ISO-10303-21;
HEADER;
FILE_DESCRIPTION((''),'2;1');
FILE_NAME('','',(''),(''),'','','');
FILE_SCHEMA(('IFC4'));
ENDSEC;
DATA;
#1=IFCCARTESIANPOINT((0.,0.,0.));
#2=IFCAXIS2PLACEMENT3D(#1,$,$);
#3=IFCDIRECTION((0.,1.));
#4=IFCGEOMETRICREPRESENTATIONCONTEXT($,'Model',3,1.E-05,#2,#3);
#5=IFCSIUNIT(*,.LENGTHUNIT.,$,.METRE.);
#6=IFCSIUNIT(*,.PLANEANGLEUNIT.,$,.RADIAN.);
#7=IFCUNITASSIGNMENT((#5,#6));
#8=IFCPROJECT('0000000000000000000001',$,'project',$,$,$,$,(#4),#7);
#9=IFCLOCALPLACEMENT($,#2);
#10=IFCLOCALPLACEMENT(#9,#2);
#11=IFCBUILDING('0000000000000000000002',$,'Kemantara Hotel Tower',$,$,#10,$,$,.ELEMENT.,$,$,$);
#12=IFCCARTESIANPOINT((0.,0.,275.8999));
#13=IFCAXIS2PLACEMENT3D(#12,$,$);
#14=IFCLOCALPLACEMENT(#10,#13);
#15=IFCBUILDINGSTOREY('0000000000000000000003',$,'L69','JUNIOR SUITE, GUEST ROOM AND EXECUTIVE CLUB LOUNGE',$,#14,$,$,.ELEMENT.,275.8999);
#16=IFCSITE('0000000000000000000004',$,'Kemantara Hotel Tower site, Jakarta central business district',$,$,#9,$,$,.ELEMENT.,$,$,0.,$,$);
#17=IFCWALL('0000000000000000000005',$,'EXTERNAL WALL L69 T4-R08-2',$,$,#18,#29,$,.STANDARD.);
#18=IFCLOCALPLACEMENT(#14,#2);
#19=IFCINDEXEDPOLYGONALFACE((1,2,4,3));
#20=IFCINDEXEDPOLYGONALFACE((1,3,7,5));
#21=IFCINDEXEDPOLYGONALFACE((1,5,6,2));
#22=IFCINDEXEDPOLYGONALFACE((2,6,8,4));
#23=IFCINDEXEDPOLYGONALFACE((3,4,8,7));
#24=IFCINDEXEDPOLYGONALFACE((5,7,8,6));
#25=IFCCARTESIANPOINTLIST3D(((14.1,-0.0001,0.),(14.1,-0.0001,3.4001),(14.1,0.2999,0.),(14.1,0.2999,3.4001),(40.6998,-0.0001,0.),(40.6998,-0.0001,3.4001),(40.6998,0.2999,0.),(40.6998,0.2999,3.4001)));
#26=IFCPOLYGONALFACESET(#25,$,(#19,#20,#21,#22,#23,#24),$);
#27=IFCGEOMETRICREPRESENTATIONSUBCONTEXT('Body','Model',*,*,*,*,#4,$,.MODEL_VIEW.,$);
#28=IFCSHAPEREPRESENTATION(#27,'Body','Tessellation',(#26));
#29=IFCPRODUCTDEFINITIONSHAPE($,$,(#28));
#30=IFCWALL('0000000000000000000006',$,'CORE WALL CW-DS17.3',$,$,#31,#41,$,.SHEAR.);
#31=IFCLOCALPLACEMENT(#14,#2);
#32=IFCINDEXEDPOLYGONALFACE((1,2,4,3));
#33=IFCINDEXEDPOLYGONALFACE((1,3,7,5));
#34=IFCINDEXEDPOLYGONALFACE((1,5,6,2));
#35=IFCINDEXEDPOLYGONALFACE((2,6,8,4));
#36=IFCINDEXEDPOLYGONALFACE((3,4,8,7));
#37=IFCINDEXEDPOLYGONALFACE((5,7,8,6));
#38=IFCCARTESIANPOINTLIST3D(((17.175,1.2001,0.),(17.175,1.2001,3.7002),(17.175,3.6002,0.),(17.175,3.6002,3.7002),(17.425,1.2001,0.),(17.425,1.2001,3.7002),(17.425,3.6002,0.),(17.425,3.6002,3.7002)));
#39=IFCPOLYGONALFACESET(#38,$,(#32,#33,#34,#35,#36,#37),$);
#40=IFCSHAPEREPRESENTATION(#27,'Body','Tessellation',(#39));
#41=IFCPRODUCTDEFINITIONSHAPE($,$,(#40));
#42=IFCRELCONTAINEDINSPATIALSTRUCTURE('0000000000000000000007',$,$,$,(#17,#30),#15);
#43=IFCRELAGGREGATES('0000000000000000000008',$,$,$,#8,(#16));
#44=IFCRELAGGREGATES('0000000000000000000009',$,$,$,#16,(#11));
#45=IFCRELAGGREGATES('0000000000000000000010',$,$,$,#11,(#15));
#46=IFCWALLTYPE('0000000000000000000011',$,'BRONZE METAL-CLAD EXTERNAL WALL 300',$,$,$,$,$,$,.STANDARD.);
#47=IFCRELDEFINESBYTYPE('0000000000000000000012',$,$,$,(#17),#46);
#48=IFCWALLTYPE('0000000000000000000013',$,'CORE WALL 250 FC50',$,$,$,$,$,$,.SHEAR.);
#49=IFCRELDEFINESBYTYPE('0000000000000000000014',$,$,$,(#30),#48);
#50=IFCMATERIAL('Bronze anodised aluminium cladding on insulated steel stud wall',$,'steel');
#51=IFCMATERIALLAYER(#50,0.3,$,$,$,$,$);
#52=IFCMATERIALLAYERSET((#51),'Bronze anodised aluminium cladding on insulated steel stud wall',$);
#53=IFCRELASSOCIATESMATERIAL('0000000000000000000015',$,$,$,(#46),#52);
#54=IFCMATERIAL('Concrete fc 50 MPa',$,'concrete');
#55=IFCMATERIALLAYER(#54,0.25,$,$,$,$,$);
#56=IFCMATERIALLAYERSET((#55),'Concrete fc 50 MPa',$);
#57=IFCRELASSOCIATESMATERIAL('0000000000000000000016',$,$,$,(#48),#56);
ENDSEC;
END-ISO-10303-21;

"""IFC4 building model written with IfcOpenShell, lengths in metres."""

from ifc_helpers import new_model, si_unit, direction, frame, frame_2d, origin, place, context, subcontext, project, spatial, rectangle, extrude, material, layer, layer_set, type_object, element, save


model = new_model("IFC4")

# Units and contexts
model_context = context("Model", 3, precision=1e-05, world=origin(), true_north=direction((0.0, 1.0)))
body_context = subcontext(model_context, "Body", "Model", "MODEL_VIEW")
ifc_project = project(units=[si_unit("LENGTHUNIT", "METRE"), si_unit("PLANEANGLEUNIT", "RADIAN")], contexts=[model_context])

# Site, building, storey
site_placement = place(None, origin())
site = spatial("IfcSite", under=ifc_project, at=site_placement, Name="Kemantara Hotel Tower site, Jakarta central business district", CompositionType="ELEMENT", RefElevation=0.0)
building_placement = place(site_placement, origin())
building = spatial("IfcBuilding", under=site, at=building_placement, Name="Kemantara Hotel Tower", CompositionType="ELEMENT")
storey_placement = place(building_placement, frame((0.0, 0.0, 275.8999)))
storey = spatial("IfcBuildingStorey", under=building, at=storey_placement, Name="L69", Description="JUNIOR SUITE, GUEST ROOM AND EXECUTIVE CLUB LOUNGE", CompositionType="ELEMENT", Elevation=275.8999)

# Walls
ifc_material_1 = material(Name="Bronze anodised aluminium cladding on insulated steel stud wall", Category="steel")
ifc_layer_1 = layer(ifc_material_1, 0.3)
ifc_layer_set_1 = layer_set([ifc_layer_1], Name="Bronze anodised aluminium cladding on insulated steel stud wall")
wall_type_1 = type_object("IfcWallType", Name="BRONZE METAL-CLAD EXTERNAL WALL 300", PredefinedType="STANDARD", material=ifc_layer_set_1)
wall_1_placement = place(storey_placement, frame((14.1001, 0.1499, 0.0), z_axis=(0.0, 0.0, 1.0), x_axis=(1.0, 0.0, 0.0)))
element("IfcWall", 1, at=wall_1_placement, inside=storey, type_object=wall_type_1, Name="EXTERNAL WALL L69 T4-R08-2", PredefinedType="STANDARD", context=body_context, shape_type="SweptSolid", body=[
    extrude(rectangle(XDim=26.5999, YDim=0.3, at=frame_2d((13.2998, 0.0))), origin(), (0.0, 0.0, 1.0), 3.4001),
])
ifc_material_2 = material(Name="Concrete fc 50 MPa", Category="concrete")
ifc_layer_2 = layer(ifc_material_2, 0.25)
ifc_layer_set_2 = layer_set([ifc_layer_2], Name="Concrete fc 50 MPa")
wall_type_2 = type_object("IfcWallType", Name="CORE WALL 250 FC50", PredefinedType="SHEAR", material=ifc_layer_set_2)
wall_2_placement = place(storey_placement, frame((17.3, 1.2, 0.0), z_axis=(0.0, 0.0, 1.0), x_axis=(0.0, 1.0, 0.0)))
element("IfcWall", 2, at=wall_2_placement, inside=storey, type_object=wall_type_2, Name="CORE WALL CW-DS17.3", PredefinedType="SHEAR", context=body_context, shape_type="SweptSolid", body=[
    extrude(rectangle(XDim=2.4001, YDim=0.25, at=frame_2d((1.2002, 0.0))), origin(), (0.0, 0.0, 1.0), 3.7002),
])

save(model, "model.ifc")
